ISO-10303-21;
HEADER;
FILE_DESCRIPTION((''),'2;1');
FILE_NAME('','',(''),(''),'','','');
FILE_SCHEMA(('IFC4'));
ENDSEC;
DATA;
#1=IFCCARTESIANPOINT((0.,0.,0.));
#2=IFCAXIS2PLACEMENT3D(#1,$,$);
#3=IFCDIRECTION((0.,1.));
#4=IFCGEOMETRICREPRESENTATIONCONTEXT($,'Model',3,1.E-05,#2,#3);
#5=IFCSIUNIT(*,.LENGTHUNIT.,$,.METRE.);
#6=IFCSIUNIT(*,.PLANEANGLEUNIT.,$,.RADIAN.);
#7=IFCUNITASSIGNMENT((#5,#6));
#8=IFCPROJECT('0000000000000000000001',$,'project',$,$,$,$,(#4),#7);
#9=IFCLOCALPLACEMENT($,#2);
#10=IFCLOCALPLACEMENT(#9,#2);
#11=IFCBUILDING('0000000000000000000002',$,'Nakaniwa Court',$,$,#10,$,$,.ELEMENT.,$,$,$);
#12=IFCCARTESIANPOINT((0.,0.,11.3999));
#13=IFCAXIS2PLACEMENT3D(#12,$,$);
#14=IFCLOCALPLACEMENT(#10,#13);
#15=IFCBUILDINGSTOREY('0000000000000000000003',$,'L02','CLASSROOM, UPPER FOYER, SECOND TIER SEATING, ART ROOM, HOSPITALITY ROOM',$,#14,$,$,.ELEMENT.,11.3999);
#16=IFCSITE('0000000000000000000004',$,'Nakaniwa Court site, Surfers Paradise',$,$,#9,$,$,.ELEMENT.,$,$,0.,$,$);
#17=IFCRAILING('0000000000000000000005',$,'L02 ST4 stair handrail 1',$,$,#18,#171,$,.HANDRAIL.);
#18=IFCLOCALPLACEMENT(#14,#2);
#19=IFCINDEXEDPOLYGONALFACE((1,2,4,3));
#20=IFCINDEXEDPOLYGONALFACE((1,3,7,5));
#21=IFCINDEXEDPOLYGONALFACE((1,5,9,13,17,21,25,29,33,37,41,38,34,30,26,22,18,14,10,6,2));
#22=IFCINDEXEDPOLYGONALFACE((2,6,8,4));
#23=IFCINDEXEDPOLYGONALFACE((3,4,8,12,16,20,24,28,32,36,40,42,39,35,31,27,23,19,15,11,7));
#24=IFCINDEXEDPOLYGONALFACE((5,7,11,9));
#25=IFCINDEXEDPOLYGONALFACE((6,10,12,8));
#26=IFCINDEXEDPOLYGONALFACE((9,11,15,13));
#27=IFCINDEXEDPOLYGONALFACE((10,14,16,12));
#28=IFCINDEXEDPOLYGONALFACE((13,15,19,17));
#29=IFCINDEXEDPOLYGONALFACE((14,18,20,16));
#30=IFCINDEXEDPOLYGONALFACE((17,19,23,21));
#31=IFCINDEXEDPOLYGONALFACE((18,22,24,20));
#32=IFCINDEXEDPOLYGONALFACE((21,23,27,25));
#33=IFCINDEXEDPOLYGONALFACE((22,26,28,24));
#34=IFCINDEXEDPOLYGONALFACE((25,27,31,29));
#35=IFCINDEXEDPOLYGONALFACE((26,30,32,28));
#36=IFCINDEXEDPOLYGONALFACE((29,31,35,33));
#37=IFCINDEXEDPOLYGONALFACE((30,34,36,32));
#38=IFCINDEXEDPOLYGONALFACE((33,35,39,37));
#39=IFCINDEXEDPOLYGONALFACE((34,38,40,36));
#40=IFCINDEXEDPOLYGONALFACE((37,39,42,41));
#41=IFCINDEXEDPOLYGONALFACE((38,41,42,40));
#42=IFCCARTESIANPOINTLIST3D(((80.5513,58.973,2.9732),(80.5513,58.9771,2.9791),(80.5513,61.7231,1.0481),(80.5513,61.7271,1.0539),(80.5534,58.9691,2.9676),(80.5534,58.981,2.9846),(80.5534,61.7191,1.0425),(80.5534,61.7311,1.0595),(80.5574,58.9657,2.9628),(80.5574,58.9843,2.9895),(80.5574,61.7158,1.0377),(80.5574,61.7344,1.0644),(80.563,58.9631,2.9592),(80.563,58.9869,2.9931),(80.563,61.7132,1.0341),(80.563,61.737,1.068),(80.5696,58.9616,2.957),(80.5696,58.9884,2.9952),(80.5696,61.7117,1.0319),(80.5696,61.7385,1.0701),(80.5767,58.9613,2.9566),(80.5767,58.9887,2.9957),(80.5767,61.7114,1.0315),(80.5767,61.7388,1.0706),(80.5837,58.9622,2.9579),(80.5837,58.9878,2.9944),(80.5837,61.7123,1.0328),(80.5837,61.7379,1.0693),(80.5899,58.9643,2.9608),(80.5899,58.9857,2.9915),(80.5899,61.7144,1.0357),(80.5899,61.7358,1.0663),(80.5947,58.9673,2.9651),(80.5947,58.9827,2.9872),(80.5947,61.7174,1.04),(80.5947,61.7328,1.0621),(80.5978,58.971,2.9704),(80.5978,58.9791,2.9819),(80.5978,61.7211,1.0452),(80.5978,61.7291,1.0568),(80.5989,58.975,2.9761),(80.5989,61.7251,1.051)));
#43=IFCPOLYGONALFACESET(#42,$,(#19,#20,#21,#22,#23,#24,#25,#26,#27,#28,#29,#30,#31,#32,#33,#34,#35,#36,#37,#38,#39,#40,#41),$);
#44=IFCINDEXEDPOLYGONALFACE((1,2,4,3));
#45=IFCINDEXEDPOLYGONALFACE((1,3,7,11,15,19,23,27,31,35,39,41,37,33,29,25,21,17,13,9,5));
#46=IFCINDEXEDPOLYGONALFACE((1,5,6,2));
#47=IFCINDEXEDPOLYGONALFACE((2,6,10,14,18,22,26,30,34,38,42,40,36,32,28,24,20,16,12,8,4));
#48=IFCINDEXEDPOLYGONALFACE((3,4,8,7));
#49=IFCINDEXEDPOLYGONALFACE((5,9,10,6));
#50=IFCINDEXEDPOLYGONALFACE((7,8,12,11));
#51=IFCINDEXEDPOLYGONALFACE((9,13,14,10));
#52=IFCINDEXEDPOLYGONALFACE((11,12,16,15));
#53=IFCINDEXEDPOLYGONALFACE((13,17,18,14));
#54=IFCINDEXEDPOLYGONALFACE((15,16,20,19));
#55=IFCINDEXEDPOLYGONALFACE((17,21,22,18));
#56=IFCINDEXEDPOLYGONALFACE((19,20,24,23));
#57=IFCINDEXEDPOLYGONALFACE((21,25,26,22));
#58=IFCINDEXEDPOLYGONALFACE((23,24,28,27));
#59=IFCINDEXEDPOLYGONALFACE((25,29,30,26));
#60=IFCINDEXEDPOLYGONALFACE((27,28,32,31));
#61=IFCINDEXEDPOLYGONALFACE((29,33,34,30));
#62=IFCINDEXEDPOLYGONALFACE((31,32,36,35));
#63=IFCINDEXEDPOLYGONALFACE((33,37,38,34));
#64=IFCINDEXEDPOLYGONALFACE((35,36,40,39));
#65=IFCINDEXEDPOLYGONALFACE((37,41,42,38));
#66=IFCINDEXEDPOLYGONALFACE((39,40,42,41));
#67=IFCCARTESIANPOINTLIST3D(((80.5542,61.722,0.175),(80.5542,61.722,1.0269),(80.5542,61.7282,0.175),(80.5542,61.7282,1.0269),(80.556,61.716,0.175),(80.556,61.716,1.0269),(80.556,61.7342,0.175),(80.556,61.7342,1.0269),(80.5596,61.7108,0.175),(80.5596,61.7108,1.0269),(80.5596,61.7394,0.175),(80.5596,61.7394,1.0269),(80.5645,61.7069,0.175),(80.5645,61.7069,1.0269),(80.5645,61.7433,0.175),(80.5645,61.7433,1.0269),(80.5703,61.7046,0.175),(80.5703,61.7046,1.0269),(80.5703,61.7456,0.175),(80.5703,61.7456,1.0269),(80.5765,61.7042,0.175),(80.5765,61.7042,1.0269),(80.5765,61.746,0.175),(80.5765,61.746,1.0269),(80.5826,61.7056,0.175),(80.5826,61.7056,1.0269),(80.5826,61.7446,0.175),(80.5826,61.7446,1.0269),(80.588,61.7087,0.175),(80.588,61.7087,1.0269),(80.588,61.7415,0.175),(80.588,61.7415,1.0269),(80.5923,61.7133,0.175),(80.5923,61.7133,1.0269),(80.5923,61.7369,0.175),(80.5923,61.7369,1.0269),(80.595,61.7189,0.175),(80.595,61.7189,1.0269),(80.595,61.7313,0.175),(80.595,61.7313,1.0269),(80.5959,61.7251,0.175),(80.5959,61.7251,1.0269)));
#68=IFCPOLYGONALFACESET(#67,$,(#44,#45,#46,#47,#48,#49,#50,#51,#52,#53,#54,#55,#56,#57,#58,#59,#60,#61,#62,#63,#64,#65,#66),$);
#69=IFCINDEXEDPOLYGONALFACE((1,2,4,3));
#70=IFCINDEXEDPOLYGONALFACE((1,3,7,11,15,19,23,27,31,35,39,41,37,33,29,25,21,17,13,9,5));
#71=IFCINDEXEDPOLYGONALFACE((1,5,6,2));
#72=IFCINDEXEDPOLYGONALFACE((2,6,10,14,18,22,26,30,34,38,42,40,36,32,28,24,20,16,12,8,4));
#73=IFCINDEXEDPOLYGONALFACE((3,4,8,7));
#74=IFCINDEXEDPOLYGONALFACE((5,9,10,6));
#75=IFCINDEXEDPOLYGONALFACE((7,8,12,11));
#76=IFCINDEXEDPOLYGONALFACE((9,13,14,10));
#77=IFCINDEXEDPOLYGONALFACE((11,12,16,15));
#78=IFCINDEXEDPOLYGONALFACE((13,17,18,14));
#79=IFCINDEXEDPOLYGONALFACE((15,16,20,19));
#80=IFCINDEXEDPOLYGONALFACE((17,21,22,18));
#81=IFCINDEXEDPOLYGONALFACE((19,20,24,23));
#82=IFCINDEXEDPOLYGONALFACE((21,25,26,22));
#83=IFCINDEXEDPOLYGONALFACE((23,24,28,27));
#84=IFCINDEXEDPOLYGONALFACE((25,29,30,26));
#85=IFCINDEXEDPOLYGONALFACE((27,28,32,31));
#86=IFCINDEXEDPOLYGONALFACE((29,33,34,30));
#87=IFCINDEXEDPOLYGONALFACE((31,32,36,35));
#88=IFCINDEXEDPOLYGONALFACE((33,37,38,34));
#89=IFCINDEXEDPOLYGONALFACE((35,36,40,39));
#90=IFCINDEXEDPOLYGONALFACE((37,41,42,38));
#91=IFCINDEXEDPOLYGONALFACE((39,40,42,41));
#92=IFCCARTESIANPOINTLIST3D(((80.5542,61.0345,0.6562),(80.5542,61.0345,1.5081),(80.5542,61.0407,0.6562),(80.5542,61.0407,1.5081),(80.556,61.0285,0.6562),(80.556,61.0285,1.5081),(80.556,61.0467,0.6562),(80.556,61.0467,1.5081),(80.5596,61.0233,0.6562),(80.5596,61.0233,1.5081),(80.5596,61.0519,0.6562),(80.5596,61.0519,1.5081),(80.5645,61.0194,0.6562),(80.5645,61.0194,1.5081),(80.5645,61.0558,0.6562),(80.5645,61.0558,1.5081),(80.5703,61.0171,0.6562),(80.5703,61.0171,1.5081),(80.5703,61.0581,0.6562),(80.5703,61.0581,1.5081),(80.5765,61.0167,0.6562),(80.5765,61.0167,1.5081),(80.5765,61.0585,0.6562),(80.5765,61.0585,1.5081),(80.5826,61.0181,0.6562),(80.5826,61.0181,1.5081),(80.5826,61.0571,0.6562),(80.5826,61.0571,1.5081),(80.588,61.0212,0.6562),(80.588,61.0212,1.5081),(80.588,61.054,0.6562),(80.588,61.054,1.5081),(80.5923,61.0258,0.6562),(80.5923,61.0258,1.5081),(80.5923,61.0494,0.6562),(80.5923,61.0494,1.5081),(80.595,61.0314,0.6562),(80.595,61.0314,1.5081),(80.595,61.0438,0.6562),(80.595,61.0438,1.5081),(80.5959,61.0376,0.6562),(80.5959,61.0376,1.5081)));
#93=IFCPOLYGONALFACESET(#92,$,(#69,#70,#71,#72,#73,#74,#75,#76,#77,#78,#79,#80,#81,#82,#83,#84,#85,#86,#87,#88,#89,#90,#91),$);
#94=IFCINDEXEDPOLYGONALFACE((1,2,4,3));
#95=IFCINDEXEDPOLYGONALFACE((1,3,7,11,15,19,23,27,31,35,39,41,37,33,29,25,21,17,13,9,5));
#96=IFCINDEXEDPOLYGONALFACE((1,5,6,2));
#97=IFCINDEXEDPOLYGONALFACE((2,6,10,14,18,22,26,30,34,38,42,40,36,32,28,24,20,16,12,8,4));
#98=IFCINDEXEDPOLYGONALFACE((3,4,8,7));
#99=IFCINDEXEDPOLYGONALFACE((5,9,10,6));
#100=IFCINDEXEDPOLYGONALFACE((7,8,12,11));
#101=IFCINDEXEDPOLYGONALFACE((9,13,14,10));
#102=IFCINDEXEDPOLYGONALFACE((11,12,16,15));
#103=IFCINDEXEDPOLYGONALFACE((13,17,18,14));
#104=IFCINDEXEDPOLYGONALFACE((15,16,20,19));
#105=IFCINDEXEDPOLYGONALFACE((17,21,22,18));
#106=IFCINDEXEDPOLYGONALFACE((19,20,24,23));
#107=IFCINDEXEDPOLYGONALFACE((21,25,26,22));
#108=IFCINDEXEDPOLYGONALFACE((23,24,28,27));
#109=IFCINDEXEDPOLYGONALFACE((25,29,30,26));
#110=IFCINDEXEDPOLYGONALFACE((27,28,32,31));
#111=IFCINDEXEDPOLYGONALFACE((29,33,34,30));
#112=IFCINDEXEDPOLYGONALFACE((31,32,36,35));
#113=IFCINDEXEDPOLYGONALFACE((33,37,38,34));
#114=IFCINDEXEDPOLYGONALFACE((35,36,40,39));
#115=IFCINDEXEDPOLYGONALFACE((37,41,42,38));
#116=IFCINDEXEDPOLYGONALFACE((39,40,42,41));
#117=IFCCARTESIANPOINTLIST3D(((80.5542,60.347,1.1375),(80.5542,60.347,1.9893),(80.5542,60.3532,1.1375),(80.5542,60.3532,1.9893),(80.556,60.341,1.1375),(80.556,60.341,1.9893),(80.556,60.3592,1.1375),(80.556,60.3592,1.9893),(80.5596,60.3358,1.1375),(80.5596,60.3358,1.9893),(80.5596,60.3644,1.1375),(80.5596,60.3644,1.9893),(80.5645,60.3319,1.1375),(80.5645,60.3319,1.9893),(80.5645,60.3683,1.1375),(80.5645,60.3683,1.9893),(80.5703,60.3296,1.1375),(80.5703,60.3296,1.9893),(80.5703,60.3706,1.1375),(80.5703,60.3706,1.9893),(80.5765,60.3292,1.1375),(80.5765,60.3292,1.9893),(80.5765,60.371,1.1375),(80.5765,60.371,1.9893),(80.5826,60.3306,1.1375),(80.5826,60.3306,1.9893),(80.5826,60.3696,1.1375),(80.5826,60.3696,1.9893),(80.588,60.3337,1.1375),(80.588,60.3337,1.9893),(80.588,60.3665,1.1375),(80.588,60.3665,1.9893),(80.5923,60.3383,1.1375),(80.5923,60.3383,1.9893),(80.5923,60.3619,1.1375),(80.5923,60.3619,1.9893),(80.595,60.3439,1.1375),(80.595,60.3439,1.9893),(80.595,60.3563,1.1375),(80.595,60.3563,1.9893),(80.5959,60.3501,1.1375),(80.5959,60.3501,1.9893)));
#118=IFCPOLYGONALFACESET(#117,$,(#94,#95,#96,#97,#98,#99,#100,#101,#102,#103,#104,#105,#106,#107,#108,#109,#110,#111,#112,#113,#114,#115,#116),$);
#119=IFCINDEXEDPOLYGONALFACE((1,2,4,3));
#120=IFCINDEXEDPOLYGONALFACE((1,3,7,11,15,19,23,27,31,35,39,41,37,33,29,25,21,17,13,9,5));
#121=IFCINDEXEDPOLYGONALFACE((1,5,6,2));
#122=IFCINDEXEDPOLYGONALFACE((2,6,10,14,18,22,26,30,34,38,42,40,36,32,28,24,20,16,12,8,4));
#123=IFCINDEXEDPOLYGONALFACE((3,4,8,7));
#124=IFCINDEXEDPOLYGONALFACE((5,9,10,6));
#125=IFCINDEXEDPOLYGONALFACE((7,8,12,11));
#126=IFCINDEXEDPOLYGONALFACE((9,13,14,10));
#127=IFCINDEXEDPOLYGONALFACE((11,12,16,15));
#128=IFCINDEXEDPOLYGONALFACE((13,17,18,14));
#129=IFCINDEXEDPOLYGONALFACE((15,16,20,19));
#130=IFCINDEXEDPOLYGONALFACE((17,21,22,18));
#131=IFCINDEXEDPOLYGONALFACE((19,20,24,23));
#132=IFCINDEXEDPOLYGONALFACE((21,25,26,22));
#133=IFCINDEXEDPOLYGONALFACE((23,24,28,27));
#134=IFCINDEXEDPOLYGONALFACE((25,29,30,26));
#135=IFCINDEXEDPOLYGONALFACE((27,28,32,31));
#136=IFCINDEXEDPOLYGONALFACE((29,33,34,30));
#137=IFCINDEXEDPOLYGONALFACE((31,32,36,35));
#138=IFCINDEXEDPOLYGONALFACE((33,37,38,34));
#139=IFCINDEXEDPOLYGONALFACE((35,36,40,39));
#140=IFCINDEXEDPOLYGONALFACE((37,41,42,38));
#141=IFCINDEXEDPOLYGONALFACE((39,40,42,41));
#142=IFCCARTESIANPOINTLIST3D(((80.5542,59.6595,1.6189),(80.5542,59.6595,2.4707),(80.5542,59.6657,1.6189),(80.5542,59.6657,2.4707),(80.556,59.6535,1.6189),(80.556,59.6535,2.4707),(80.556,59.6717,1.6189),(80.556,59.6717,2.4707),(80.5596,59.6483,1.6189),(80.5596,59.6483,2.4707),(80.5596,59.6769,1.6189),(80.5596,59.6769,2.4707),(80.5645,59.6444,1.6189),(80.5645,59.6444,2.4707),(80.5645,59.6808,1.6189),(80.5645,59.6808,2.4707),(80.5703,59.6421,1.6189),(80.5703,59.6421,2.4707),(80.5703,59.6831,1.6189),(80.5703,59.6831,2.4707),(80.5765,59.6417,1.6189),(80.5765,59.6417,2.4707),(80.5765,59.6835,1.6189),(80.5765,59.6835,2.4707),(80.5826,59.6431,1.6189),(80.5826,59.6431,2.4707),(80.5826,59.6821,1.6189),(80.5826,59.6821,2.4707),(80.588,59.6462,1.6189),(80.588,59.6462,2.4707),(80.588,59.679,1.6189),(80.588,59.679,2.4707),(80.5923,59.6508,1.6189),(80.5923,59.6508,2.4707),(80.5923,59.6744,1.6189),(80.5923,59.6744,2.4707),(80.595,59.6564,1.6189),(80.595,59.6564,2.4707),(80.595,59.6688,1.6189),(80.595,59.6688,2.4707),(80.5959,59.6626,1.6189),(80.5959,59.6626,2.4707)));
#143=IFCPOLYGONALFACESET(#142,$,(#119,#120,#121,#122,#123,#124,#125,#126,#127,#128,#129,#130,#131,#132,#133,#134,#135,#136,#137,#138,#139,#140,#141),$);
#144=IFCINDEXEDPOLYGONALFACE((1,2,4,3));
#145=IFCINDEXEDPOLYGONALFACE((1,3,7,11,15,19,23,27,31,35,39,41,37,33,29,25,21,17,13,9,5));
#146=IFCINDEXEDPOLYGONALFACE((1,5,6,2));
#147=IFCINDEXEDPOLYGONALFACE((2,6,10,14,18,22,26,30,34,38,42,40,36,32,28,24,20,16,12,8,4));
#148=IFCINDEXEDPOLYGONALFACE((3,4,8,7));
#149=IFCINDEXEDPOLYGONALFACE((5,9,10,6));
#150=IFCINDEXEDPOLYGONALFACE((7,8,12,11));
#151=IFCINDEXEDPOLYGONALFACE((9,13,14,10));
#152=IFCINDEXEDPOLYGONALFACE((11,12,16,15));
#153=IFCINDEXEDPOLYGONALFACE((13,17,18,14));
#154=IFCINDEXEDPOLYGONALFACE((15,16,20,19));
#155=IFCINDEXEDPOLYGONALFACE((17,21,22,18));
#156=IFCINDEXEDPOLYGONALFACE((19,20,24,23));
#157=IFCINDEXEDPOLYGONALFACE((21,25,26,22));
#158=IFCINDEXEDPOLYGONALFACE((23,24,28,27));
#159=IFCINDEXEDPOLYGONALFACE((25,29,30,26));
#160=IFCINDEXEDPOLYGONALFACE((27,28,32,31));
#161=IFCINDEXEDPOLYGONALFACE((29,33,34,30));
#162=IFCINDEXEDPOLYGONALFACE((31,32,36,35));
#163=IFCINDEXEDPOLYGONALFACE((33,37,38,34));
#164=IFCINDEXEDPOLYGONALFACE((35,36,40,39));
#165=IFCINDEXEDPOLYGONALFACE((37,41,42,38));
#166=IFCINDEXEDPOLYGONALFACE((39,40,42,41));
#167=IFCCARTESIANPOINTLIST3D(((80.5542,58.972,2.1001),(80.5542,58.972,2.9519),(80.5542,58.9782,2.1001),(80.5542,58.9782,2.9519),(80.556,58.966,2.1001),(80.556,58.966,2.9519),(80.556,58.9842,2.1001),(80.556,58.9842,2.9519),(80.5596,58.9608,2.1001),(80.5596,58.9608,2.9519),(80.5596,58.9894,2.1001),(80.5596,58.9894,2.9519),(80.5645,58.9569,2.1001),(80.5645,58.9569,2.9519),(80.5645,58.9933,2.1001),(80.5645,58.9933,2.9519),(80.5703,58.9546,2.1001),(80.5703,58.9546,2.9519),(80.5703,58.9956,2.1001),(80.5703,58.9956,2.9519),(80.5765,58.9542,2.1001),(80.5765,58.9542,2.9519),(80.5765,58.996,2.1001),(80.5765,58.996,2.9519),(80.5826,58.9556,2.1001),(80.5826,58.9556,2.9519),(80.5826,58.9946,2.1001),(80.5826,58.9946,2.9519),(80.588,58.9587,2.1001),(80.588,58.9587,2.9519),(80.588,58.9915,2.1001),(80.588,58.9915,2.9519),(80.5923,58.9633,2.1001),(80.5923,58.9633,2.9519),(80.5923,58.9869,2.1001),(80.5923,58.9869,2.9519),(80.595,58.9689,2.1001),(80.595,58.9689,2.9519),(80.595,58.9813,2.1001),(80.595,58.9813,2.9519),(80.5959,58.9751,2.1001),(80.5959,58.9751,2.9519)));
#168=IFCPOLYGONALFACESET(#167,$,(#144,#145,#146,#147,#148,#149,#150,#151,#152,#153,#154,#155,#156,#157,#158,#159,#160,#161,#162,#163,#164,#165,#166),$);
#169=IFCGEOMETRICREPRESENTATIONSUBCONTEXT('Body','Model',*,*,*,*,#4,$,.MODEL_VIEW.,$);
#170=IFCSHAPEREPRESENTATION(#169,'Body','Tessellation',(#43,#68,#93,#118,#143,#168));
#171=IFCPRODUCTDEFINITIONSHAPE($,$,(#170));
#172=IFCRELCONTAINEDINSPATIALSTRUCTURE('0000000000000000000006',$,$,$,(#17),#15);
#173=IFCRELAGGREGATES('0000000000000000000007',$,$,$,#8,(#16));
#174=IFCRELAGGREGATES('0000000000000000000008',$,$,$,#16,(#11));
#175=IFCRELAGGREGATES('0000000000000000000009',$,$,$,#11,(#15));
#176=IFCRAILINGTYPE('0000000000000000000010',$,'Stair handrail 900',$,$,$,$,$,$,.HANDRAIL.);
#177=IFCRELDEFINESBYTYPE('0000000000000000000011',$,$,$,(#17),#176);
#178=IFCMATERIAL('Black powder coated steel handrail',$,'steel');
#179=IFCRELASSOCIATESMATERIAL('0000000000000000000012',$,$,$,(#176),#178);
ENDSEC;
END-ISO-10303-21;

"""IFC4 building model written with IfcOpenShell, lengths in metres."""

from ifc_helpers import new_model, si_unit, direction, frame, origin, origin_2d, place, context, subcontext, project, spatial, circle, extrude, material, type_object, element, save


model = new_model("IFC4")

# Units and contexts
model_context = context("Model", 3, precision=1e-05, world=origin(), true_north=direction((0.0, 1.0)))
body_context = subcontext(model_context, "Body", "Model", "MODEL_VIEW")
ifc_project = project(units=[si_unit("LENGTHUNIT", "METRE"), si_unit("PLANEANGLEUNIT", "RADIAN")], contexts=[model_context])

# Site, building, storey
site_placement = place(None, origin())
site = spatial("IfcSite", under=ifc_project, at=site_placement, Name="Nakaniwa Court site, Surfers Paradise", CompositionType="ELEMENT", RefElevation=0.0)
building_placement = place(site_placement, origin())
building = spatial("IfcBuilding", under=site, at=building_placement, Name="Nakaniwa Court", CompositionType="ELEMENT")
storey_placement = place(building_placement, frame((0.0, 0.0, 11.3999)))
storey = spatial("IfcBuildingStorey", under=building, at=storey_placement, Name="L02", Description="CLASSROOM, UPPER FOYER, SECOND TIER SEATING, ART ROOM, HOSPITALITY ROOM", CompositionType="ELEMENT", Elevation=11.3999)

# Railing
ifc_material_1 = material(Name="Black powder coated steel handrail", Category="steel")
railing_type_1 = type_object("IfcRailingType", Name="Stair handrail 900", PredefinedType="HANDRAIL", material=ifc_material_1)
railing_1_placement = place(storey_placement, frame((80.575, 61.7251, 0.175)))
element("IfcRailing", 1, at=railing_1_placement, inside=storey, type_object=railing_type_1, Name="L02 ST4 stair handrail 1", PredefinedType="HANDRAIL", context=body_context, shape_type="SweptSolid", body=[
    extrude(circle(Radius=0.0239, at=origin_2d()), frame((0.0, 0.0, 0.876), z_axis=(0.0, -0.819225, 0.573472), x_axis=(1.0, 0.0, 0.0)), (0.0, 0.0, 1.0), 3.3569),
    extrude(circle(Radius=0.021, at=origin_2d()), origin(), (0.0, 0.0, 1.0), 0.8518),
    extrude(circle(Radius=0.021, at=origin_2d()), frame((0.0, -0.6875, 0.4812)), (0.0, 0.0, 1.0), 0.8518),
    extrude(circle(Radius=0.021, at=origin_2d()), frame((0.0, -1.375, 0.9624)), (0.0, 0.0, 1.0), 0.8518),
    extrude(circle(Radius=0.021, at=origin_2d()), frame((0.0, -2.0625, 1.4438)), (0.0, 0.0, 1.0), 0.8518),
    extrude(circle(Radius=0.021, at=origin_2d()), frame((0.0, -2.75, 1.925)), (0.0, 0.0, 1.0), 0.8518),
])

save(model, "model.ifc")
